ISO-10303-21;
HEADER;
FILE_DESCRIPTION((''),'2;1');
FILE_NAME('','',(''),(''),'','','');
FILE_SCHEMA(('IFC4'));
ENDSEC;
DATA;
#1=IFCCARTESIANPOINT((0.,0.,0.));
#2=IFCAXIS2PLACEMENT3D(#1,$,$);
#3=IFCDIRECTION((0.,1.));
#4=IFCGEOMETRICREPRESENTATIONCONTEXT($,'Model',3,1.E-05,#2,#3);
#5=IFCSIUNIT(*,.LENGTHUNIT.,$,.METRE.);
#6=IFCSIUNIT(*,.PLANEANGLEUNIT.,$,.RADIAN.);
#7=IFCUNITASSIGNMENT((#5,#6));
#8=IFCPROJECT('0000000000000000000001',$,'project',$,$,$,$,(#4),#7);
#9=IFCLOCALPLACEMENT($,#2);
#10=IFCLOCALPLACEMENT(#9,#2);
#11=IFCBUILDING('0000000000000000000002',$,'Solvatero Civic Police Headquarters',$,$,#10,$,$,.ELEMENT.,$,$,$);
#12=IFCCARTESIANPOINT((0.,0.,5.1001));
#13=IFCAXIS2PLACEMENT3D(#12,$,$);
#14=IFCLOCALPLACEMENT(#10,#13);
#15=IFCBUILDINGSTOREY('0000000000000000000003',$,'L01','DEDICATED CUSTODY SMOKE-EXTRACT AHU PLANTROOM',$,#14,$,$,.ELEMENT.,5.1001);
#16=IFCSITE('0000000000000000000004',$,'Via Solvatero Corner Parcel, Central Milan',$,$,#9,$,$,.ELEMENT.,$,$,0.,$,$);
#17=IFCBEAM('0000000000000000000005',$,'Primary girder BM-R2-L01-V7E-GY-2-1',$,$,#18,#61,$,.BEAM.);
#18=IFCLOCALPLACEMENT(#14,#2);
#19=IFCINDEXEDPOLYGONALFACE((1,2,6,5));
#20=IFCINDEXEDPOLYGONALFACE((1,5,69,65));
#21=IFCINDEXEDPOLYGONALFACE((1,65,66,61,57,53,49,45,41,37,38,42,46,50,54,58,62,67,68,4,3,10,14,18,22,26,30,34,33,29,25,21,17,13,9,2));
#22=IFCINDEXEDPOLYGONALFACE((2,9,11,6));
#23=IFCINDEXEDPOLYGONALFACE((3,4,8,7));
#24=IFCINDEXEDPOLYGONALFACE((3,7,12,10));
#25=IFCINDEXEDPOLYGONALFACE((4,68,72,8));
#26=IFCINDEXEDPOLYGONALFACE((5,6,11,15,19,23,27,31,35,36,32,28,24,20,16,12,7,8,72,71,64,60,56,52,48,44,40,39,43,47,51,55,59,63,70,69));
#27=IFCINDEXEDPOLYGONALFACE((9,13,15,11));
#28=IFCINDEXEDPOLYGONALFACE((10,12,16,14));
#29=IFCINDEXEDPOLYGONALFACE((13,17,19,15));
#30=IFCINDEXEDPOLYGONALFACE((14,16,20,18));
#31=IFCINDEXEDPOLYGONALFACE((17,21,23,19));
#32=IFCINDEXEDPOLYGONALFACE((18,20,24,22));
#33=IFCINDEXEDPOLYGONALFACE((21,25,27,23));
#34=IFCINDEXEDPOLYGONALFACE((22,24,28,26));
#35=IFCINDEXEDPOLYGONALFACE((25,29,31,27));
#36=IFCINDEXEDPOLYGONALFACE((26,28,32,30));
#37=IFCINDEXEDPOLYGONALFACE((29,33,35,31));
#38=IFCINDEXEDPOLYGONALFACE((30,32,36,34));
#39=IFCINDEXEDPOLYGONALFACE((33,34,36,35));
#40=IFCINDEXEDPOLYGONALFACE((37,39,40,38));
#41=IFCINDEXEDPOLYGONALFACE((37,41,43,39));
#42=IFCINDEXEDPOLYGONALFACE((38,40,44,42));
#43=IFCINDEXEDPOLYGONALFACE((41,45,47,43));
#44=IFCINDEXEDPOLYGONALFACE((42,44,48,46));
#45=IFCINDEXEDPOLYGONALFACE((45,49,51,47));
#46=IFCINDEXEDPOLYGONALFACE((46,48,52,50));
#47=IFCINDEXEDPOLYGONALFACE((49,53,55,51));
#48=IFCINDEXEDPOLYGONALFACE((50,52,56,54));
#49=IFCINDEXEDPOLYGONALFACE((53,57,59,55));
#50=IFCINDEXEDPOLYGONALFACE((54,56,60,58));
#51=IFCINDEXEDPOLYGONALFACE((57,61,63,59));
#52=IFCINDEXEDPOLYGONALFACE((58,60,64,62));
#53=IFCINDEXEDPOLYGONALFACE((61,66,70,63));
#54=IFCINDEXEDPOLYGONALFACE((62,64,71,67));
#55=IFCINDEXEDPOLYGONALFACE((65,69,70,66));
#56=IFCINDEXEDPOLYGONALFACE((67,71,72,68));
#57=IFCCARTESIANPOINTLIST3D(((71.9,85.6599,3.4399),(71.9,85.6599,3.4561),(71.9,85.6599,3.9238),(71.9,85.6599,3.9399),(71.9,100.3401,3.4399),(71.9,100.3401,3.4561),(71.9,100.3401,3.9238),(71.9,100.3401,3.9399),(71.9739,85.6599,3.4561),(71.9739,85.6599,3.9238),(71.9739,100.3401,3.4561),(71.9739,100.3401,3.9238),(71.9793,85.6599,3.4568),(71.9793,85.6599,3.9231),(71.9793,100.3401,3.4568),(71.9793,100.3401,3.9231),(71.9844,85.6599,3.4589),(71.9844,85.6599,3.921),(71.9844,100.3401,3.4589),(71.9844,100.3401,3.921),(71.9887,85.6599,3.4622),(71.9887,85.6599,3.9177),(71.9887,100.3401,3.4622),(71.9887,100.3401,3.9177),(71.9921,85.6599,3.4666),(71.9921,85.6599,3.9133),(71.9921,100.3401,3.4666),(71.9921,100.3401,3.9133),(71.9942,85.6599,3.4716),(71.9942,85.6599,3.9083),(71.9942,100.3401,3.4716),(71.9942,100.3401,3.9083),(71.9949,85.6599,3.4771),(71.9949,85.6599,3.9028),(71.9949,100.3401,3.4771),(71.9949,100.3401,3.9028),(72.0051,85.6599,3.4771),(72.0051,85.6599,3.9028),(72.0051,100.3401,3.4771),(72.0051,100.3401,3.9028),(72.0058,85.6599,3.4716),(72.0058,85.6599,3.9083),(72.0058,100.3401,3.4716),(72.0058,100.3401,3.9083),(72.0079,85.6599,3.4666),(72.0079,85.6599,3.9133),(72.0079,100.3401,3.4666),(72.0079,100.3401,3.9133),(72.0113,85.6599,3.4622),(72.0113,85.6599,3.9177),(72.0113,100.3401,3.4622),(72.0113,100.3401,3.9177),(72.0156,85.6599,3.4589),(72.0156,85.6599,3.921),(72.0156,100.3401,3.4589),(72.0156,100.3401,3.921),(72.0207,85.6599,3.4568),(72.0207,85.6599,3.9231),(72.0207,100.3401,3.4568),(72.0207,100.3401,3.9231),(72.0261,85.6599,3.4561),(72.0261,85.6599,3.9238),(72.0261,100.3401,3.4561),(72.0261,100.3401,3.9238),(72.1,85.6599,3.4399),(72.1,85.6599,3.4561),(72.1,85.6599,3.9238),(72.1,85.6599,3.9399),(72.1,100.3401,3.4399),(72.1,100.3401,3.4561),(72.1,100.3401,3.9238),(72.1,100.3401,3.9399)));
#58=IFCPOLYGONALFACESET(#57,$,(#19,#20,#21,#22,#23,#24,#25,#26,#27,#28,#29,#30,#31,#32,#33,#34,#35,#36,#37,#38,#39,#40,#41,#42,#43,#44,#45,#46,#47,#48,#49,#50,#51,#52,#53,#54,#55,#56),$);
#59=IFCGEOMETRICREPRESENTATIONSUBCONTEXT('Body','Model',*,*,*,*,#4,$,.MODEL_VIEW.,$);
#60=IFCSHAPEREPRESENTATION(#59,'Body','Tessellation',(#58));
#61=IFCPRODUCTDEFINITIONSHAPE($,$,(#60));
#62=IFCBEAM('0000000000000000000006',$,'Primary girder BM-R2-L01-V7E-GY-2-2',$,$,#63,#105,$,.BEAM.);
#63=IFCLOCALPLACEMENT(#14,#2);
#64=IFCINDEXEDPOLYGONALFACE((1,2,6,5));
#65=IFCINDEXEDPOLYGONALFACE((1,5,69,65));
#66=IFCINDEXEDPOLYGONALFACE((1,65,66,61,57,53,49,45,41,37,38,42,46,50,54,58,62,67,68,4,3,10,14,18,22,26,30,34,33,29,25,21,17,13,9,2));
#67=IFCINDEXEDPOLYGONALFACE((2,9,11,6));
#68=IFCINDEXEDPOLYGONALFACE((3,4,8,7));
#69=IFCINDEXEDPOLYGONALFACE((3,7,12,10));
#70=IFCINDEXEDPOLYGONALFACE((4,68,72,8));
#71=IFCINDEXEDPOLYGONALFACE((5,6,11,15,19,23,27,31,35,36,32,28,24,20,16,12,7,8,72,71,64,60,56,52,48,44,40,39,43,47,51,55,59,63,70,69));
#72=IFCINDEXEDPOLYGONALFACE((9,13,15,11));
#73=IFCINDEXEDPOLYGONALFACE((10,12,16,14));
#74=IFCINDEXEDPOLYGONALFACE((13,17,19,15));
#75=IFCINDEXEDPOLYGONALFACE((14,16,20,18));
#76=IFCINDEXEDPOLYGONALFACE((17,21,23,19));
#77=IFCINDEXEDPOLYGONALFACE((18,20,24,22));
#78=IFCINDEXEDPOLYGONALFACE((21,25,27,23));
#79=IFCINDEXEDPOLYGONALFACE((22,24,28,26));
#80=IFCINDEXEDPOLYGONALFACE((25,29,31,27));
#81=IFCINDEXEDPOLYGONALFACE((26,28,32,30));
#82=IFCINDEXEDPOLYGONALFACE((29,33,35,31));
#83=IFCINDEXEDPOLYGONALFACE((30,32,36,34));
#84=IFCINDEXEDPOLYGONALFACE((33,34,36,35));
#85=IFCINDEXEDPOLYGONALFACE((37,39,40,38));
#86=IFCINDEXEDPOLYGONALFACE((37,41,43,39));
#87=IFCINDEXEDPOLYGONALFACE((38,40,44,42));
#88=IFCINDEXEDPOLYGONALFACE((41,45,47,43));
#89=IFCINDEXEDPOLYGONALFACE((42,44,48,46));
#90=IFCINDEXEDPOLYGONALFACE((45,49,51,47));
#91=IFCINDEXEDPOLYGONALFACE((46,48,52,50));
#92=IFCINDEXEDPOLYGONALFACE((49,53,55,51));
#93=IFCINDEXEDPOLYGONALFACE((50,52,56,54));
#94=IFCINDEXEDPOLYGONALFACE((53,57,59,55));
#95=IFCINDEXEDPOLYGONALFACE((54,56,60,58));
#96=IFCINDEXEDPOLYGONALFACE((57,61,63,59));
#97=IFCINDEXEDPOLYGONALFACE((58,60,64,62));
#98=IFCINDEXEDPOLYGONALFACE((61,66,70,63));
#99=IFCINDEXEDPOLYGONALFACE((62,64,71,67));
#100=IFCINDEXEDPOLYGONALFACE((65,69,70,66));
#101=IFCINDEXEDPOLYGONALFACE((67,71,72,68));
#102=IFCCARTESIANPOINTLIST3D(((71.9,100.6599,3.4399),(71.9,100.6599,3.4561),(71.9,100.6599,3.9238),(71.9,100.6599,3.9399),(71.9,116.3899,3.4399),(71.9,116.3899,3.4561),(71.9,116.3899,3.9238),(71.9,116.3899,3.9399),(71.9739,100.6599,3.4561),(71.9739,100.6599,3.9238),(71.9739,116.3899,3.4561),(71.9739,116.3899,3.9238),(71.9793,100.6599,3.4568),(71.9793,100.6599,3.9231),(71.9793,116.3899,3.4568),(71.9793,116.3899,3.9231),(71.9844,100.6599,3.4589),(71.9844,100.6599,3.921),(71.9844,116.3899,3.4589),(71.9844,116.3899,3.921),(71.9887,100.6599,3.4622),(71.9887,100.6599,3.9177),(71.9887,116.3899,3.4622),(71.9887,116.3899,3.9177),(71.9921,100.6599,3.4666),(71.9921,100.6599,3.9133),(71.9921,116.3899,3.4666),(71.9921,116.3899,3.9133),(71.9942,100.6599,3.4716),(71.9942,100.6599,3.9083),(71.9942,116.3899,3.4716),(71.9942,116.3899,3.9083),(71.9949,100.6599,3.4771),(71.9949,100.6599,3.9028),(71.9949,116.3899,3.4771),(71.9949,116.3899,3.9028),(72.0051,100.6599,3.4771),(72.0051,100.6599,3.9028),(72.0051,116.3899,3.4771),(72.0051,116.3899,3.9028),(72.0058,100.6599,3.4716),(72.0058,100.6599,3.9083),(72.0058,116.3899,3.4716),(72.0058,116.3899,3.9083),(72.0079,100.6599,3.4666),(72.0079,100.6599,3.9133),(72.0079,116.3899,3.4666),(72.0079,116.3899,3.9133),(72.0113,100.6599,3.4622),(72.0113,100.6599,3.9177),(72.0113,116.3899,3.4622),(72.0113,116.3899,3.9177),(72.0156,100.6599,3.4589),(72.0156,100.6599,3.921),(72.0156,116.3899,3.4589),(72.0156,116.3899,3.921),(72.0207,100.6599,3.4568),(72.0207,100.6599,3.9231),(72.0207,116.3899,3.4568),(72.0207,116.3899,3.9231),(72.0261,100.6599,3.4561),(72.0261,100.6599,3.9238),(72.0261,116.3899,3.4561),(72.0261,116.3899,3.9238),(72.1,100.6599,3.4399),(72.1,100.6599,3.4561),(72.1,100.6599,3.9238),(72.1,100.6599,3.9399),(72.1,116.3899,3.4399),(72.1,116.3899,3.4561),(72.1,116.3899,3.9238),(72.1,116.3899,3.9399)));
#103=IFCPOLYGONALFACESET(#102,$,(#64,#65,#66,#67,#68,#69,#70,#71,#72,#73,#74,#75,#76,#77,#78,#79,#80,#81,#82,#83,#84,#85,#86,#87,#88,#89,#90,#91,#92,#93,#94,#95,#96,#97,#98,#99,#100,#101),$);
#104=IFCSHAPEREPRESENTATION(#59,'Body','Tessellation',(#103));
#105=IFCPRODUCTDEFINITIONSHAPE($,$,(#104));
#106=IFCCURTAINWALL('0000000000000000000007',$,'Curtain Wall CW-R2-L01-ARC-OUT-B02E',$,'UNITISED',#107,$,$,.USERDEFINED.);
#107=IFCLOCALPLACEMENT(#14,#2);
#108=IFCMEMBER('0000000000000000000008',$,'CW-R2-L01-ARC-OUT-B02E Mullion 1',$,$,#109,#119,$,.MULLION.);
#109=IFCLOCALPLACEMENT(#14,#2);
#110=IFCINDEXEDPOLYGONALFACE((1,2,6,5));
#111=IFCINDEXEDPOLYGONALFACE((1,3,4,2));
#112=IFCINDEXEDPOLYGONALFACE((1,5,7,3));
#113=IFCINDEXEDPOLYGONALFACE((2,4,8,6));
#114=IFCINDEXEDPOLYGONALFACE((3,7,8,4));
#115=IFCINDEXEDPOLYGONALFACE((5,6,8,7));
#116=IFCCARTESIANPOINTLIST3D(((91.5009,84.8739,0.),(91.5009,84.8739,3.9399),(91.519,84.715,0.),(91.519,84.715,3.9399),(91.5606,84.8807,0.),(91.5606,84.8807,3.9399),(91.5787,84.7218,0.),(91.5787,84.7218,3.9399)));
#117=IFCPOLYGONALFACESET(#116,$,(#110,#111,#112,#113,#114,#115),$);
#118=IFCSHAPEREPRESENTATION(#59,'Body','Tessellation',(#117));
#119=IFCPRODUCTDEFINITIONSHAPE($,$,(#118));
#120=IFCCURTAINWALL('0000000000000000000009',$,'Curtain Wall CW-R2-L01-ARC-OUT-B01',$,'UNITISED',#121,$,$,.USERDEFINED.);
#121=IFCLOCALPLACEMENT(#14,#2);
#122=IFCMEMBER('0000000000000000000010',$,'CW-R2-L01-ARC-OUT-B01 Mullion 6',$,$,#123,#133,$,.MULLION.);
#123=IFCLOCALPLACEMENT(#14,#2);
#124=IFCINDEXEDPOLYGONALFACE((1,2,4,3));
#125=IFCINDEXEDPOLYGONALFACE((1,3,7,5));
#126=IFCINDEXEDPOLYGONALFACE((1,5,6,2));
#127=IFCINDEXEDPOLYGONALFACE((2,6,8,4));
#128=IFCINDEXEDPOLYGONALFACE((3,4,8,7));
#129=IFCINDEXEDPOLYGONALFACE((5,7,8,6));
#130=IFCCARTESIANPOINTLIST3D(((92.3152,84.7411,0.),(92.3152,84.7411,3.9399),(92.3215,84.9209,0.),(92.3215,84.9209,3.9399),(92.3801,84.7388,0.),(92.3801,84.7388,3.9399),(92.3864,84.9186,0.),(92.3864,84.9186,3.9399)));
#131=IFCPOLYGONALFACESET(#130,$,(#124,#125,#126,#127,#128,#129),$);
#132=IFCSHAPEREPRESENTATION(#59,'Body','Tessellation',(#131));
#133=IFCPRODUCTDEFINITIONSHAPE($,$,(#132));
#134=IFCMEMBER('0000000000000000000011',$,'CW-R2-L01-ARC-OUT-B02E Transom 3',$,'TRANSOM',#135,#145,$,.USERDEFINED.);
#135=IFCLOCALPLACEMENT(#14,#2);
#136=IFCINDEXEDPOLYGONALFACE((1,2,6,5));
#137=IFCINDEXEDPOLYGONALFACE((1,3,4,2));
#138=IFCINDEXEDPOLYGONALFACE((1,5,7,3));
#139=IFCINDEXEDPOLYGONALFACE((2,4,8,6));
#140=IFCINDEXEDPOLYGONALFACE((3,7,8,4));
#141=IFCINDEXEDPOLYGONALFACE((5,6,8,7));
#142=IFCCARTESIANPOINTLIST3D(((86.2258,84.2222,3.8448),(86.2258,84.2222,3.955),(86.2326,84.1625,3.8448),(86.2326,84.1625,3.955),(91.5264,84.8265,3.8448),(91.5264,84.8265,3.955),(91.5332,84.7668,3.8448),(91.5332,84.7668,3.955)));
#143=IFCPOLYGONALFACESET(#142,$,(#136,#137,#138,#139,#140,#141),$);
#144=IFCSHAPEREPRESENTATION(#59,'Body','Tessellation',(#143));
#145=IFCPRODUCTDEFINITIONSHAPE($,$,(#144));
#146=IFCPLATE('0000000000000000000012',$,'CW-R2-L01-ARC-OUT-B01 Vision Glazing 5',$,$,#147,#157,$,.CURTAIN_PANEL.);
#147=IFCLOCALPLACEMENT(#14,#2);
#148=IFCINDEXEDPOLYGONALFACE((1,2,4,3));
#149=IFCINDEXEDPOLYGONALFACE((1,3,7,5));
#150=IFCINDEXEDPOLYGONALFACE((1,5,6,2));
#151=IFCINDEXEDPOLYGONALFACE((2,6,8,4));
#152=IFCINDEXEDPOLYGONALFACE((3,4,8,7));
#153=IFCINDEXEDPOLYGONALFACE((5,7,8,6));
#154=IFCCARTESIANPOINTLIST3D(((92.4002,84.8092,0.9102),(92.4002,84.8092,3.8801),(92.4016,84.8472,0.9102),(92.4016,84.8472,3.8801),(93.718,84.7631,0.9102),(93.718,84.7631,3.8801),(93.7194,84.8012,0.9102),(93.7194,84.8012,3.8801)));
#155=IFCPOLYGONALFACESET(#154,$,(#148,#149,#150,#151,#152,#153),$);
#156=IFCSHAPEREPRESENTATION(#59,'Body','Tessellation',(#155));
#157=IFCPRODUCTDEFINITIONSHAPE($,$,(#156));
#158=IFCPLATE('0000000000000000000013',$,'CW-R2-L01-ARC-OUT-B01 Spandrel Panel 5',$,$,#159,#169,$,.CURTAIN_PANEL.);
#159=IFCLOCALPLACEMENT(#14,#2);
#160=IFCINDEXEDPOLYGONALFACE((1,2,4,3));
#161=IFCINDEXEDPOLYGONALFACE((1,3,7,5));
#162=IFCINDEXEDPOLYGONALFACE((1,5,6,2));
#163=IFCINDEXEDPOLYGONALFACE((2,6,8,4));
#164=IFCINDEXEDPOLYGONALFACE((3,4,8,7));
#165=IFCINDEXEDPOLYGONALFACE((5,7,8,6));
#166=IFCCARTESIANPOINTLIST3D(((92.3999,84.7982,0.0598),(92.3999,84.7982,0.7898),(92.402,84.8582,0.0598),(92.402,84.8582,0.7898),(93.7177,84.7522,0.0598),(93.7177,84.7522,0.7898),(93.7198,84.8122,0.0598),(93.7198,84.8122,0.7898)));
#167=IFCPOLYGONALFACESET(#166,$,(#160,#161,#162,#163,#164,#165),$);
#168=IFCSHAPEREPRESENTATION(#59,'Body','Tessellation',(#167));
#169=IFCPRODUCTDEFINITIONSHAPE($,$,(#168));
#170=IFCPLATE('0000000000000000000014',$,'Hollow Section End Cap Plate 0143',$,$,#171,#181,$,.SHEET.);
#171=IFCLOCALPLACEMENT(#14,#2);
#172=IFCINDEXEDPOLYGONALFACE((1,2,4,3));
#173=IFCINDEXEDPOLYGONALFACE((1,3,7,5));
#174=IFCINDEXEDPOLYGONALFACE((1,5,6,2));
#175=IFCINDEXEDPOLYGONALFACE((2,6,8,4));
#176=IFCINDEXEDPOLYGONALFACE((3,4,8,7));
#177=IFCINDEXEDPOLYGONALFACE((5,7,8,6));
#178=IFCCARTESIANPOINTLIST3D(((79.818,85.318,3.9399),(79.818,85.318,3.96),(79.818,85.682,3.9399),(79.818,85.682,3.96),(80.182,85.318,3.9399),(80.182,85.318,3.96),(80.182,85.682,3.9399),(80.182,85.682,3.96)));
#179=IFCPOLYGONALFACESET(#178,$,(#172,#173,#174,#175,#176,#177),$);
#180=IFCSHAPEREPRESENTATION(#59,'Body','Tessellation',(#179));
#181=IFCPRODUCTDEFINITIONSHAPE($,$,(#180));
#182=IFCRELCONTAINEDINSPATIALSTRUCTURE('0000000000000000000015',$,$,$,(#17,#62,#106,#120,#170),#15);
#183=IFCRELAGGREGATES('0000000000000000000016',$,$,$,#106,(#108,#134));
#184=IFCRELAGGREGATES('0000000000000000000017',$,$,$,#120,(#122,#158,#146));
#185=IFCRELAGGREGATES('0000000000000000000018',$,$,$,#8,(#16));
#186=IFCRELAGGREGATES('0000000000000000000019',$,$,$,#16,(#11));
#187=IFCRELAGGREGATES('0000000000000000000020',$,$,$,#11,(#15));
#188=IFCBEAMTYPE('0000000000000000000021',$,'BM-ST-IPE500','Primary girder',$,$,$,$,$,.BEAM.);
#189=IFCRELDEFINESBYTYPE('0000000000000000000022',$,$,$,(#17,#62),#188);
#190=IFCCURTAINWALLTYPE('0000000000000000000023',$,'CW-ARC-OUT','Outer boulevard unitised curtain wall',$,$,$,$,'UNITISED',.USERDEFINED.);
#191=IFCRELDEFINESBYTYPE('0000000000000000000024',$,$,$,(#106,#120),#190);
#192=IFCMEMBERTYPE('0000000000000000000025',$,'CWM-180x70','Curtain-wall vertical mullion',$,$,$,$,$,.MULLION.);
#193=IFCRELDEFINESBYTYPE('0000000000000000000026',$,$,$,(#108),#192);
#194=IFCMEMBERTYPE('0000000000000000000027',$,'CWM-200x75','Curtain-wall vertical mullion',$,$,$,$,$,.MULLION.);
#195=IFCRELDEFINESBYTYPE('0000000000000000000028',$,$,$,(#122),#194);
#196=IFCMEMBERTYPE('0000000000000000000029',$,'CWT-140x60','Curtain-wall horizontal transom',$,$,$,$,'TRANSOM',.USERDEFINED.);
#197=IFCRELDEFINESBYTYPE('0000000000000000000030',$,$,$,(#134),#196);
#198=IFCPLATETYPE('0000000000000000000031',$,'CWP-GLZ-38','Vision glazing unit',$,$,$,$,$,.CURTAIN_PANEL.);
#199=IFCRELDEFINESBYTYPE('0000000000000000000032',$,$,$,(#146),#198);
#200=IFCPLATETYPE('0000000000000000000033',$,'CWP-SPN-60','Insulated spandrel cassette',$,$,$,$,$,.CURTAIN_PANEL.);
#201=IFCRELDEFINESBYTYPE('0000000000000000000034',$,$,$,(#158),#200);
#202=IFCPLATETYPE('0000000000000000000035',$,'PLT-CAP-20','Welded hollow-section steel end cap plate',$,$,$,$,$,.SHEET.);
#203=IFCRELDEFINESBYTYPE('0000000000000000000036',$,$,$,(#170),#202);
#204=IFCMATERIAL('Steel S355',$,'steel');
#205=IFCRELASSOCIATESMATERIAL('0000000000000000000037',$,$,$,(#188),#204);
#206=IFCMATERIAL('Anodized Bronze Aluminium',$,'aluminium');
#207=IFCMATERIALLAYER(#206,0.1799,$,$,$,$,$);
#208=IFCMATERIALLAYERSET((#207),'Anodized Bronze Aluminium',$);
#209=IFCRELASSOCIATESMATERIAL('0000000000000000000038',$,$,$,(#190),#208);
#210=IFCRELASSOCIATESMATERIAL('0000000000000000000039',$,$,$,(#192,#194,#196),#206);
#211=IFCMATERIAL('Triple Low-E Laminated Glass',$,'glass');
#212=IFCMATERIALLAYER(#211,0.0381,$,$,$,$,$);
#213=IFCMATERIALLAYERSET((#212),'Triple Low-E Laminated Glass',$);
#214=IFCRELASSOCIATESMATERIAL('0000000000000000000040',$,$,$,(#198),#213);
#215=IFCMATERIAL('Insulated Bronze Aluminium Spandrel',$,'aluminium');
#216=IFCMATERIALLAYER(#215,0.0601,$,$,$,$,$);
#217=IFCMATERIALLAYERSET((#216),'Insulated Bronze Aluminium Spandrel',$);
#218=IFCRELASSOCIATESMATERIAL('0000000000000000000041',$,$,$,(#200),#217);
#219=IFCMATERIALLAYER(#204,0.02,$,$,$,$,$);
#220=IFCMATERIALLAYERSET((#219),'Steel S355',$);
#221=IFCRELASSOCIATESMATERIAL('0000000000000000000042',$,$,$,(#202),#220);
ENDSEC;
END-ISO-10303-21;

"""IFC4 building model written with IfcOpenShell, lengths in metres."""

from ifc_helpers import new_model, si_unit, direction, frame, origin, origin_2d, place, context, subcontext, project, spatial, rectangle, i_section, extrude, material, layer, layer_set, material_profile, profile_set, type_object, element, aggregate, save


model = new_model("IFC4")

# Units and contexts
model_context = context("Model", 3, precision=1e-05, world=origin(), true_north=direction((0.0, 1.0)))
body_context = subcontext(model_context, "Body", "Model", "MODEL_VIEW")
ifc_project = project(units=[si_unit("LENGTHUNIT", "METRE"), si_unit("PLANEANGLEUNIT", "RADIAN")], contexts=[model_context])

# Site, building, storey
site_placement = place(None, origin())
site = spatial("IfcSite", under=ifc_project, at=site_placement, Name="Via Solvatero Corner Parcel, Central Milan", CompositionType="ELEMENT", RefElevation=0.0)
building_placement = place(site_placement, origin())
building = spatial("IfcBuilding", under=site, at=building_placement, Name="Solvatero Civic Police Headquarters", CompositionType="ELEMENT")
storey_placement = place(building_placement, frame((0.0, 0.0, 5.1001)))
storey = spatial("IfcBuildingStorey", under=building, at=storey_placement, Name="L01", Description="DEDICATED CUSTODY SMOKE-EXTRACT AHU PLANTROOM", CompositionType="ELEMENT", Elevation=5.1001)

# Shared definitions
ifc_material_1 = material(Name="Steel S355", Category="steel")

# Beams
ifc_material_profile_1 = material_profile(ifc_material_1, i_section(OverallWidth=0.2, OverallDepth=0.5, WebThickness=0.0103, FlangeThickness=0.0161, FilletRadius=0.021, at=origin_2d()), Name="IPE 500")
ifc_profile_set_1 = profile_set([ifc_material_profile_1], Name="Steel S355")
beam_type_1 = type_object("IfcBeamType", Name="BM-ST-IPE500", Description="Primary girder", PredefinedType="BEAM", material=ifc_profile_set_1)
beam_1_placement = place(storey_placement, frame((72.0, 85.6599, 3.6899), z_axis=(0.0, 1.0, 0.0), x_axis=(-1.0, 0.0, 0.0)))
element("IfcBeam", 1, at=beam_1_placement, inside=storey, type_object=beam_type_1, Name="Primary girder BM-R2-L01-V7E-GY-2-1", PredefinedType="BEAM", context=body_context, shape_type="SweptSolid", body=[
    extrude(i_section(OverallWidth=0.2, OverallDepth=0.5, WebThickness=0.0103, FlangeThickness=0.0161, FilletRadius=0.021, at=origin_2d()), origin(), (0.0, 0.0, 1.0), 14.6802),
])
beam_2_placement = place(storey_placement, frame((72.0, 100.6599, 3.6899), z_axis=(0.0, 1.0, 0.0), x_axis=(-1.0, 0.0, 0.0)))
element("IfcBeam", 2, at=beam_2_placement, inside=storey, type_object=beam_type_1, Name="Primary girder BM-R2-L01-V7E-GY-2-2", PredefinedType="BEAM", context=body_context, shape_type="SweptSolid", body=[
    extrude(i_section(OverallWidth=0.2, OverallDepth=0.5, WebThickness=0.0103, FlangeThickness=0.0161, FilletRadius=0.021, at=origin_2d()), origin(), (0.0, 0.0, 1.0), 15.73),
])

# Curtain walls, members
ifc_material_2 = material(Name="Anodized Bronze Aluminium", Category="aluminium")
ifc_layer_1 = layer(ifc_material_2, 0.1799)
ifc_layer_set_1 = layer_set([ifc_layer_1], Name="Anodized Bronze Aluminium")
curtain_wall_type = type_object("IfcCurtainWallType", Name="CW-ARC-OUT", Description="Outer boulevard unitised curtain wall", ElementType="UNITISED", PredefinedType="USERDEFINED", material=ifc_layer_set_1)
curtain_wall_1_placement = place(storey_placement, origin())
curtain_wall_1 = element("IfcCurtainWall", 3, at=curtain_wall_1_placement, inside=storey, type_object=curtain_wall_type, Name="Curtain Wall CW-R2-L01-ARC-OUT-B02E", ObjectType="UNITISED", PredefinedType="USERDEFINED")
ifc_material_profile_2 = material_profile(ifc_material_2, rectangle(XDim=0.0601, YDim=0.1599, at=origin_2d()), Name="ALU MULLION 60x160")
ifc_profile_set_2 = profile_set([ifc_material_profile_2], Name="Anodized Bronze Aluminium")
member_type_1 = type_object("IfcMemberType", Name="CWM-180x70", Description="Curtain-wall vertical mullion", PredefinedType="MULLION", material=ifc_profile_set_2)
member_1_placement = place(storey_placement, frame((91.5398, 84.7979, 0.0), z_axis=(0.0, 0.0, 1.0), x_axis=(-0.993564, -0.113273, 0.0)))
member_1 = element("IfcMember", 4, at=member_1_placement, type_object=member_type_1, Name="CW-R2-L01-ARC-OUT-B02E Mullion 1", PredefinedType="MULLION", context=body_context, shape_type="SweptSolid", body=[
    extrude(rectangle(XDim=0.0601, YDim=0.1599, at=origin_2d()), origin(), (0.0, 0.0, 1.0), 3.9399),
])
curtain_wall_2_placement = place(storey_placement, origin())
curtain_wall_2 = element("IfcCurtainWall", 5, at=curtain_wall_2_placement, inside=storey, type_object=curtain_wall_type, Name="Curtain Wall CW-R2-L01-ARC-OUT-B01", ObjectType="UNITISED", PredefinedType="USERDEFINED")
ifc_material_profile_3 = material_profile(ifc_material_2, rectangle(XDim=0.0649, YDim=0.1799, at=origin_2d()), Name="ALU MULLION 65x180")
ifc_profile_set_3 = profile_set([ifc_material_profile_3], Name="Anodized Bronze Aluminium")
member_type_2 = type_object("IfcMemberType", Name="CWM-200x75", Description="Curtain-wall vertical mullion", PredefinedType="MULLION", material=ifc_profile_set_3)
member_2_placement = place(storey_placement, frame((92.3508, 84.8298, 0.0), z_axis=(0.0, 0.0, 1.0), x_axis=(-0.999391, 0.034899, 0.0)))
member_2 = element("IfcMember", 6, at=member_2_placement, type_object=member_type_2, Name="CW-R2-L01-ARC-OUT-B01 Mullion 6", PredefinedType="MULLION", context=body_context, shape_type="SweptSolid", body=[
    extrude(rectangle(XDim=0.0649, YDim=0.1799, at=origin_2d()), origin(), (0.0, 0.0, 1.0), 3.9399),
])

# Member
ifc_material_profile_4 = material_profile(ifc_material_2, rectangle(XDim=0.0601, YDim=0.1101, at=origin_2d()), Name="ALU TRANSOM 60x110")
ifc_profile_set_4 = profile_set([ifc_material_profile_4], Name="Anodized Bronze Aluminium")
member_type_3 = type_object("IfcMemberType", Name="CWT-140x60", Description="Curtain-wall horizontal transom", ElementType="TRANSOM", PredefinedType="USERDEFINED", material=ifc_profile_set_4)
member_3_placement = place(storey_placement, frame((91.5298, 84.7966, 3.8999), z_axis=(-0.993565, -0.113264, 0.0), x_axis=(0.113264, -0.993565, 0.0)))
member_3 = element("IfcMember", 7, at=member_3_placement, type_object=member_type_3, Name="CW-R2-L01-ARC-OUT-B02E Transom 3", ObjectType="TRANSOM", PredefinedType="USERDEFINED", context=body_context, shape_type="SweptSolid", body=[
    extrude(rectangle(XDim=0.0601, YDim=0.1101, at=origin_2d()), origin(), (0.0, 0.0, 1.0), 5.335),
])
aggregate(curtain_wall_1, [member_1, member_3])

# Plates
ifc_material_3 = material(Name="Triple Low-E Laminated Glass", Category="glass")
ifc_layer_2 = layer(ifc_material_3, 0.0381)
ifc_layer_set_2 = layer_set([ifc_layer_2], Name="Triple Low-E Laminated Glass")
plate_type_1 = type_object("IfcPlateType", Name="CWP-GLZ-38", Description="Vision glazing unit", PredefinedType="CURTAIN_PANEL", material=ifc_layer_set_2)
plate_1_placement = place(storey_placement, frame((93.0598, 84.8052, 0.9102), z_axis=(0.0, 0.0, 1.0), x_axis=(-0.999391, 0.034899, 0.0)))
plate_1 = element("IfcPlate", 8, at=plate_1_placement, type_object=plate_type_1, Name="CW-R2-L01-ARC-OUT-B01 Vision Glazing 5", PredefinedType="CURTAIN_PANEL", context=body_context, shape_type="SweptSolid", body=[
    extrude(rectangle(XDim=1.3186, YDim=0.0381, at=origin_2d()), origin(), (0.0, 0.0, 1.0), 2.97),
])
ifc_material_4 = material(Name="Insulated Bronze Aluminium Spandrel", Category="aluminium")
ifc_layer_3 = layer(ifc_material_4, 0.0601)
ifc_layer_set_3 = layer_set([ifc_layer_3], Name="Insulated Bronze Aluminium Spandrel")
plate_type_2 = type_object("IfcPlateType", Name="CWP-SPN-60", Description="Insulated spandrel cassette", PredefinedType="CURTAIN_PANEL", material=ifc_layer_set_3)
plate_2_placement = place(storey_placement, frame((93.0598, 84.8052, 0.0598), z_axis=(0.0, 0.0, 1.0), x_axis=(-0.999391, 0.034899, 0.0)))
plate_2 = element("IfcPlate", 9, at=plate_2_placement, type_object=plate_type_2, Name="CW-R2-L01-ARC-OUT-B01 Spandrel Panel 5", PredefinedType="CURTAIN_PANEL", context=body_context, shape_type="SweptSolid", body=[
    extrude(rectangle(XDim=1.3186, YDim=0.0601, at=origin_2d()), origin(), (0.0, 0.0, 1.0), 0.73),
])
aggregate(curtain_wall_2, [member_2, plate_2, plate_1])

# Plate
ifc_layer_4 = layer(ifc_material_1, 0.02)
ifc_layer_set_4 = layer_set([ifc_layer_4], Name="Steel S355")
plate_type_3 = type_object("IfcPlateType", Name="PLT-CAP-20", Description="Welded hollow-section steel end cap plate", PredefinedType="SHEET", material=ifc_layer_set_4)
for number, where, z_axis, x_axis, name in (
    (10, (80.0, 85.5, 3.9399), (0.0, 0.0, 1.0), (1.0, 0.0, 0.0), "Hollow Section End Cap Plate 0143"),
):
    element("IfcPlate", number, at=place(storey_placement, frame(where, z_axis=z_axis, x_axis=x_axis)), inside=storey, type_object=plate_type_3, Name=name, PredefinedType="SHEET", context=body_context, shape_type="SweptSolid", body=[
        extrude(rectangle(XDim=0.364, YDim=0.364, at=origin_2d()), origin(), (0.0, 0.0, 1.0), 0.02),
    ])

save(model, "model.ifc")
